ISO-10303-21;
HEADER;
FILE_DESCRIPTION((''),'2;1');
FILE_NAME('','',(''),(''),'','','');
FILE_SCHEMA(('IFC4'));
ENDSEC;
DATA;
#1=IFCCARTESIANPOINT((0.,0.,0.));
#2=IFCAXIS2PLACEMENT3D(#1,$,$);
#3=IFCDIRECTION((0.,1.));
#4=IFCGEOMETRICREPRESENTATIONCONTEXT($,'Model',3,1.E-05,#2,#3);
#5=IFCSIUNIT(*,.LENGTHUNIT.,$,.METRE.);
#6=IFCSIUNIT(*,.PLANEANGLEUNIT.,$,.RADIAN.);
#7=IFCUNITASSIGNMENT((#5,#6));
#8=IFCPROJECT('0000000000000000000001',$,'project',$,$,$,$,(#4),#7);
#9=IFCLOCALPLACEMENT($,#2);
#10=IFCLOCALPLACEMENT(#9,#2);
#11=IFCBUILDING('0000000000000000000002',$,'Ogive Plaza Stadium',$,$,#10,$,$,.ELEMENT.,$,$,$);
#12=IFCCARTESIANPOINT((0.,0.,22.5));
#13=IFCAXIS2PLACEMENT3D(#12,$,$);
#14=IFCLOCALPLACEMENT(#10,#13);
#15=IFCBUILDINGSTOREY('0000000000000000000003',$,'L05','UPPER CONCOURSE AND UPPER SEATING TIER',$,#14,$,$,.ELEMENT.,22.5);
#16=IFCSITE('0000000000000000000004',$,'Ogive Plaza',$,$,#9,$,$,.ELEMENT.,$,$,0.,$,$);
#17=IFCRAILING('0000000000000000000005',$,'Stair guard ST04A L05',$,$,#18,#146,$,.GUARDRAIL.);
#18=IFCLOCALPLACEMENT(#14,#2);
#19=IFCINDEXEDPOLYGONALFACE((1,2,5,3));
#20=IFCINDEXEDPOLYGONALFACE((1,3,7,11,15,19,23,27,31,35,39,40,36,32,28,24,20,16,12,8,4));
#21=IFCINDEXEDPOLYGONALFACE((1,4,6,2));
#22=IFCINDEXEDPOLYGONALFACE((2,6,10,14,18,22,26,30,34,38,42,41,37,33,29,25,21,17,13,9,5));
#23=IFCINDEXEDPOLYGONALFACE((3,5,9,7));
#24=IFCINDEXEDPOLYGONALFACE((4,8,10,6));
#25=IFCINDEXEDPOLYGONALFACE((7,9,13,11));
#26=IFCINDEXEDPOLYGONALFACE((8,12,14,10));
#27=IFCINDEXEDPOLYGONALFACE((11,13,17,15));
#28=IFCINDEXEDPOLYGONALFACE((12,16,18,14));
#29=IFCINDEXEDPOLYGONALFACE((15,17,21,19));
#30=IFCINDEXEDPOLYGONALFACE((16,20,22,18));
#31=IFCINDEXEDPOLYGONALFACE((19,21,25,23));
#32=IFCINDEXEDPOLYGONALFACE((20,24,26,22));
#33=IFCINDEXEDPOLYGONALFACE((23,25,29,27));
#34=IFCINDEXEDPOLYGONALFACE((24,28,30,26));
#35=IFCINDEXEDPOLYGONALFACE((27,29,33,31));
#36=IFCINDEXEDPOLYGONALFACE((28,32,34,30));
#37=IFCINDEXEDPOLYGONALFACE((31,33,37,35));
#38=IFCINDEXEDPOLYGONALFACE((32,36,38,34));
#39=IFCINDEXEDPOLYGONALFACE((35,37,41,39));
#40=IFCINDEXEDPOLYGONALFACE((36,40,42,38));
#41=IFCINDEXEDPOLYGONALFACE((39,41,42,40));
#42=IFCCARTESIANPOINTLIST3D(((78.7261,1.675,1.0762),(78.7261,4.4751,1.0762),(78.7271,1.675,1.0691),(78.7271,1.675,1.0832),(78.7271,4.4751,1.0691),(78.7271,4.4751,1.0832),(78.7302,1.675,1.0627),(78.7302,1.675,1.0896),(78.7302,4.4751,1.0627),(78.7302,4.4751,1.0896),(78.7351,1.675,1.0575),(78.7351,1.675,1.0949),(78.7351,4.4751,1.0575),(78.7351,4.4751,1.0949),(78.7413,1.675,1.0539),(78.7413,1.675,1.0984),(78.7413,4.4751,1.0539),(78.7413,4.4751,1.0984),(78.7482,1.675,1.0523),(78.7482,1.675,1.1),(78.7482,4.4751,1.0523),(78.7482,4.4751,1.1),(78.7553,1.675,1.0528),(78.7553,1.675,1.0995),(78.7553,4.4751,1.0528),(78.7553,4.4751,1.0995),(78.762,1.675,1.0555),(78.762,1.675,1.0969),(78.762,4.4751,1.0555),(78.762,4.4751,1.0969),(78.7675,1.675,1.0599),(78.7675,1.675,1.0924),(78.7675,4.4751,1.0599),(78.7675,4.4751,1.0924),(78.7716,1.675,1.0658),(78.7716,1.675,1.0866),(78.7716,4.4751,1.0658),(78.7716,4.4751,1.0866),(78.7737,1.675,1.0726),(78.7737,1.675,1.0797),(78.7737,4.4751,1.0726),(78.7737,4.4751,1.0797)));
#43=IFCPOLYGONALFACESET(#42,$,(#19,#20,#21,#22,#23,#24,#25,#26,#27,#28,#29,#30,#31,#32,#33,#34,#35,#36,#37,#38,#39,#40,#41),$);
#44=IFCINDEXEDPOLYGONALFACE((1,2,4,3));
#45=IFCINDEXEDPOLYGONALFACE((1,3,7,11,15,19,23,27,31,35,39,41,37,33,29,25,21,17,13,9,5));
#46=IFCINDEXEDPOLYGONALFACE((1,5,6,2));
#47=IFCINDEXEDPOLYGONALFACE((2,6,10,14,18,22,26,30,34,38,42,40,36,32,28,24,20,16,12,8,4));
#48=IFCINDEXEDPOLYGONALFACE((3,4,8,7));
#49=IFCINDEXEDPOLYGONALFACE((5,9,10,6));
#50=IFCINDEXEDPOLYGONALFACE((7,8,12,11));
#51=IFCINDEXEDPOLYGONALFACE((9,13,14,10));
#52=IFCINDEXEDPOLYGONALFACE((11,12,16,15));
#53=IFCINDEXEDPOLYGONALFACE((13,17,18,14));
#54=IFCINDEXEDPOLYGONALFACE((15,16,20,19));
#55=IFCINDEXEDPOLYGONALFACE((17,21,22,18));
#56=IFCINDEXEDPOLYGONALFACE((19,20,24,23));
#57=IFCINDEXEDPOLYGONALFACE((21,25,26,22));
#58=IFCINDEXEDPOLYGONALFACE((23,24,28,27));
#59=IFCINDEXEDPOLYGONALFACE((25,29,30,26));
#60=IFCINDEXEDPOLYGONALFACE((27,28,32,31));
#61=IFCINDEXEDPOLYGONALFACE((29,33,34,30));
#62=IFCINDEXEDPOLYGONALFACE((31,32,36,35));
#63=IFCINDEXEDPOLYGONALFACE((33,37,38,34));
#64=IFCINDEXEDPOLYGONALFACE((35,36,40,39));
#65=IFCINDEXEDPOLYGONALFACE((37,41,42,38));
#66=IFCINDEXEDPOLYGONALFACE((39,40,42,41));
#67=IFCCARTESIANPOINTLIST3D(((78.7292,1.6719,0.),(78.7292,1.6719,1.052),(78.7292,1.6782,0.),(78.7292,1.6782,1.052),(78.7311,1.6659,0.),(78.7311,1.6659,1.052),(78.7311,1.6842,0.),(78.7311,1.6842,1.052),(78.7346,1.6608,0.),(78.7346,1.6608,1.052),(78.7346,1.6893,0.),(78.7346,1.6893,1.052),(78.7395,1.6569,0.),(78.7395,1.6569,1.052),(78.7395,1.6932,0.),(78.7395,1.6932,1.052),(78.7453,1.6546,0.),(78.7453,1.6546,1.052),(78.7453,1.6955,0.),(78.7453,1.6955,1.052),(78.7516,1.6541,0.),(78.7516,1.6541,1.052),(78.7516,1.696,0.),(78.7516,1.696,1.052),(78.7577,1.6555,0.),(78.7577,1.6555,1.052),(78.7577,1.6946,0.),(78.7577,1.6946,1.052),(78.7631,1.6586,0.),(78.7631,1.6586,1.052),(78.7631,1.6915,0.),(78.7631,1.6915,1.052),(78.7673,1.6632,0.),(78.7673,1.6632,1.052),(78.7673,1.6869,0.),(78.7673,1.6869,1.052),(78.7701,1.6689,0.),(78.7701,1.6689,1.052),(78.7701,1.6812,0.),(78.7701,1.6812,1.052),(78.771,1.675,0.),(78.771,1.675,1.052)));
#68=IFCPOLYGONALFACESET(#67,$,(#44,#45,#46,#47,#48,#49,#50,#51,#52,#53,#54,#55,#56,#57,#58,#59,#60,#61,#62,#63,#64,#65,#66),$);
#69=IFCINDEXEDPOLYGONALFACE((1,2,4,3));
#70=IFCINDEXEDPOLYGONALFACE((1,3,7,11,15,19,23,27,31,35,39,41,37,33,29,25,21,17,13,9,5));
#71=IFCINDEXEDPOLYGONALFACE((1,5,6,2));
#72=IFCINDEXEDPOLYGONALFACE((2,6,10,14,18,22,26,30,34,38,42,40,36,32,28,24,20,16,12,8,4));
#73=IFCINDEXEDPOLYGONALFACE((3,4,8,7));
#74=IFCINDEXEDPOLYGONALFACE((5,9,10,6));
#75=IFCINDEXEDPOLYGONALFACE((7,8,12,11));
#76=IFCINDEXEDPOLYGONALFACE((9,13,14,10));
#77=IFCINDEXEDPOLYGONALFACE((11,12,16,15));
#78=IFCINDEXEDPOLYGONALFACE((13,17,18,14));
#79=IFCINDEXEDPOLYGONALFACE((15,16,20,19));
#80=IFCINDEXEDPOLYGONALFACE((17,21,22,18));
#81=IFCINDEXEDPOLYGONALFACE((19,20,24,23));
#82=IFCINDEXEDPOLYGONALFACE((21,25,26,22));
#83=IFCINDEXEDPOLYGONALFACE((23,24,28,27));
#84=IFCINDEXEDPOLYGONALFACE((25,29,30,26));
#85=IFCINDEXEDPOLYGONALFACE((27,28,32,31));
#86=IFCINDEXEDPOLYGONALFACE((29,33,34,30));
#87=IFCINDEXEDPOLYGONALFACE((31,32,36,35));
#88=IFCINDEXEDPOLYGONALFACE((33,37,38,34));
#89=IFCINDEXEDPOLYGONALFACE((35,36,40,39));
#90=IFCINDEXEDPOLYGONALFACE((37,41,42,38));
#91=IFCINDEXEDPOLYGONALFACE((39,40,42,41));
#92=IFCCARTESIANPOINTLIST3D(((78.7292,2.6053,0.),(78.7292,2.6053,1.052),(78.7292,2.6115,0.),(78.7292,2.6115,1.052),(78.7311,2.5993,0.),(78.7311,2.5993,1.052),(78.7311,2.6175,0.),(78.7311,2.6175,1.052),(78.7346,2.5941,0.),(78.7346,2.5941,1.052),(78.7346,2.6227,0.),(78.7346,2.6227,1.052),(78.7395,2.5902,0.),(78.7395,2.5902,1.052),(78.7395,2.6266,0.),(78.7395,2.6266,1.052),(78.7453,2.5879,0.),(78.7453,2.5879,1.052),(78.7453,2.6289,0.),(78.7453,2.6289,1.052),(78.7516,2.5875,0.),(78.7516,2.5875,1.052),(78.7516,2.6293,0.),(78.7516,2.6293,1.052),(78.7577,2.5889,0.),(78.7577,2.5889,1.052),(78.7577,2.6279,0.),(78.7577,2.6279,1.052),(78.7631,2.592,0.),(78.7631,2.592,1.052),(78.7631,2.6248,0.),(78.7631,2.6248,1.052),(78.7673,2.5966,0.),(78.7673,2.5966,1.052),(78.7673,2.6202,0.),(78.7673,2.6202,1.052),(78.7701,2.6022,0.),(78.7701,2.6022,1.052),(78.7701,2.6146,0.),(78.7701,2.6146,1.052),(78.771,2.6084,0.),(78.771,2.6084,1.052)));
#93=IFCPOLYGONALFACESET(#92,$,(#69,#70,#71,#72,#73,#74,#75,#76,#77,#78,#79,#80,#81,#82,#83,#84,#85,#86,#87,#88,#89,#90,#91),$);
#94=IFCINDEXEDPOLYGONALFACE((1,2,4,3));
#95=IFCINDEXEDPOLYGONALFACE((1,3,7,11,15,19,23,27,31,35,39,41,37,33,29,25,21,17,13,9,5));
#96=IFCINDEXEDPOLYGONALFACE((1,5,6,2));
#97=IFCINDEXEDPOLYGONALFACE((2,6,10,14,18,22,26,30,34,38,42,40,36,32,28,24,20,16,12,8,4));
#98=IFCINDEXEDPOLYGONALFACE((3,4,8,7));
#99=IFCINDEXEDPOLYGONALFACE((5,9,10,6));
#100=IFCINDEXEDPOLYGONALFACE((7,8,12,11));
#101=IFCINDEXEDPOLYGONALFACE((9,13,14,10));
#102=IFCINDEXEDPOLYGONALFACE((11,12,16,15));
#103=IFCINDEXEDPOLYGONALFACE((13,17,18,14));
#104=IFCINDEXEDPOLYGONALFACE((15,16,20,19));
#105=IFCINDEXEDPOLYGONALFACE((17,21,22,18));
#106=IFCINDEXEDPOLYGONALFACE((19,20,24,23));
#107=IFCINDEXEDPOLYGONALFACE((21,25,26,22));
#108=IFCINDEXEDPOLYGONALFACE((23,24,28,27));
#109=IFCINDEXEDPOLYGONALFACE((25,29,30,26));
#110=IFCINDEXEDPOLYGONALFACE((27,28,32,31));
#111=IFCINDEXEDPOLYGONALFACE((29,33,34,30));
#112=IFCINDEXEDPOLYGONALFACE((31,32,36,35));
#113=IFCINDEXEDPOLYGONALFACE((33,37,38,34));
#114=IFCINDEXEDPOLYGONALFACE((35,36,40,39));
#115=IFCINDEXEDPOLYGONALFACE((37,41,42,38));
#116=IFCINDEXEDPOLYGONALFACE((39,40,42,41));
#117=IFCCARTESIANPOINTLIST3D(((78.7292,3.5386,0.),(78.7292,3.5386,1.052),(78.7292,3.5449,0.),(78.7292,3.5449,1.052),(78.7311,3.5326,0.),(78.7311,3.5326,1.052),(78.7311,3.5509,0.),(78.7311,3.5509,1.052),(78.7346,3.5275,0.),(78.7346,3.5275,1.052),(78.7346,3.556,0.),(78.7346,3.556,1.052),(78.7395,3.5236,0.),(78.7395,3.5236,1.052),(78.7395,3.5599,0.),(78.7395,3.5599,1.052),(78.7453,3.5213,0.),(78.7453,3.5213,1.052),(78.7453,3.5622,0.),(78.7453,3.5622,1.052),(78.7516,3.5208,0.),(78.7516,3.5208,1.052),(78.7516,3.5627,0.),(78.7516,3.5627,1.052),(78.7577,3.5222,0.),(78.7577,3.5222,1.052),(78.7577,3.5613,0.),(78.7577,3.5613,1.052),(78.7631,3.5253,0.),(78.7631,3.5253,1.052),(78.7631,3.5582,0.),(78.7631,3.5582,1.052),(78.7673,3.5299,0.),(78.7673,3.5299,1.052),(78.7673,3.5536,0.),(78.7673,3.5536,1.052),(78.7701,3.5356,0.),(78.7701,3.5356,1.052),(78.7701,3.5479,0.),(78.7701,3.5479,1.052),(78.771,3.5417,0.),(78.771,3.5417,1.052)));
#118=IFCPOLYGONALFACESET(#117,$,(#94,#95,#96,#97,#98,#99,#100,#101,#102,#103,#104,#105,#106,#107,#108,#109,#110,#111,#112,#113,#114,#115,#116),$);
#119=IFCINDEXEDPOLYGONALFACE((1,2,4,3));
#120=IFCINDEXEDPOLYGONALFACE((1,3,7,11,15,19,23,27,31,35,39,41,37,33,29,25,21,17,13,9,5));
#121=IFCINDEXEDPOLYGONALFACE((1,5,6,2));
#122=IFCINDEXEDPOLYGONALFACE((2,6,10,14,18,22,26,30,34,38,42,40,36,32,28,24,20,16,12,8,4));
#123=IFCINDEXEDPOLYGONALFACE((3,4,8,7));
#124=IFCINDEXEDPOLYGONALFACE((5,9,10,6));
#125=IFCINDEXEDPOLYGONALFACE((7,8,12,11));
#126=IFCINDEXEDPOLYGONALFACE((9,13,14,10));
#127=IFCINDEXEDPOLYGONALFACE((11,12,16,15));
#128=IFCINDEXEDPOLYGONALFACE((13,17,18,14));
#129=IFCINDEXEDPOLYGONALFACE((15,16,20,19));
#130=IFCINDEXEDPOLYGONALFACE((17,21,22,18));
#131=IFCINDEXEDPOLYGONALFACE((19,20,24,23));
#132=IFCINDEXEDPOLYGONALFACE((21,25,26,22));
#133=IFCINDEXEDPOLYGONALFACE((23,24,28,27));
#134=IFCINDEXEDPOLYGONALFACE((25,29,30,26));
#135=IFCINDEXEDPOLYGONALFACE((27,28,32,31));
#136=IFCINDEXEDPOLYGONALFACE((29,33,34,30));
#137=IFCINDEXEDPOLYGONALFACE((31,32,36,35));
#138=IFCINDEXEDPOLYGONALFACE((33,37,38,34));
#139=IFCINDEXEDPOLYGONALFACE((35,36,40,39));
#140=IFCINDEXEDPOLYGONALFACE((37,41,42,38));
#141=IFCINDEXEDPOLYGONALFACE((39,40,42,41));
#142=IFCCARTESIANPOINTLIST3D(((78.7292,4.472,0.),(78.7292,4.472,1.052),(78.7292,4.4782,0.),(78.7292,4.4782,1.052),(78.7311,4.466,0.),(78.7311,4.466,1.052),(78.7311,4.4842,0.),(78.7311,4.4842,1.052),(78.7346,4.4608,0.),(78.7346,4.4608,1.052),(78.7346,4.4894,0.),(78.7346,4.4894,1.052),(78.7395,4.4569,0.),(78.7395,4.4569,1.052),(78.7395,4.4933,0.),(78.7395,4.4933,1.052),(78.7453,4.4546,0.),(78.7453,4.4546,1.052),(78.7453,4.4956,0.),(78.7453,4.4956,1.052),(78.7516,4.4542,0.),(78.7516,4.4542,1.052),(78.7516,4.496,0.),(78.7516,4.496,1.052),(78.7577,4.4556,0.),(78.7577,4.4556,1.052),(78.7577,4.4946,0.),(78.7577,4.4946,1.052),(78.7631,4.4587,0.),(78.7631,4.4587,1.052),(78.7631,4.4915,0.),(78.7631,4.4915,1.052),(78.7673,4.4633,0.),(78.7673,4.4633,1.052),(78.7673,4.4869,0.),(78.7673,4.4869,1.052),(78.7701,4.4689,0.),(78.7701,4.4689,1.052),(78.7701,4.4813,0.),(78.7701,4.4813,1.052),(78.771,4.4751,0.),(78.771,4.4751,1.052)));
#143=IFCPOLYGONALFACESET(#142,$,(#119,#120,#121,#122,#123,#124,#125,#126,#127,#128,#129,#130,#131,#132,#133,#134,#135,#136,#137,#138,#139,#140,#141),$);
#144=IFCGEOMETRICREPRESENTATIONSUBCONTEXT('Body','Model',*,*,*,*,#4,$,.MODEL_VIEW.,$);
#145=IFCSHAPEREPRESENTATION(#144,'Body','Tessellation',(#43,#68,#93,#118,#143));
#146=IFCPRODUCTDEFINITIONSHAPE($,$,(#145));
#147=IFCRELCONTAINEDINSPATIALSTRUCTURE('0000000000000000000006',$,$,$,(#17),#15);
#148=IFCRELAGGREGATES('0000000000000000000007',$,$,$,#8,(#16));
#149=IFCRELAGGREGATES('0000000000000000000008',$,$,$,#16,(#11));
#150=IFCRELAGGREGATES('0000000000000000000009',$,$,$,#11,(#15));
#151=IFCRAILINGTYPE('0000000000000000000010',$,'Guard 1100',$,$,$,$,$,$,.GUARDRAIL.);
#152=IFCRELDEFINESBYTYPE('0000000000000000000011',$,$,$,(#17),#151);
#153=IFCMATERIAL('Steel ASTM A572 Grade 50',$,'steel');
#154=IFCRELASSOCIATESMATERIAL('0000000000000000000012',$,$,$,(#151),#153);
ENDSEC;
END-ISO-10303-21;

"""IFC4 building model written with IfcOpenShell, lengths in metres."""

from ifc_helpers import new_model, si_unit, direction, frame, origin, origin_2d, place, context, subcontext, project, spatial, circle, extrude, material, type_object, element, save


model = new_model("IFC4")

# Units and contexts
model_context = context("Model", 3, precision=1e-05, world=origin(), true_north=direction((0.0, 1.0)))
body_context = subcontext(model_context, "Body", "Model", "MODEL_VIEW")
ifc_project = project(units=[si_unit("LENGTHUNIT", "METRE"), si_unit("PLANEANGLEUNIT", "RADIAN")], contexts=[model_context])

# Site, building, storey
site_placement = place(None, origin())
site = spatial("IfcSite", under=ifc_project, at=site_placement, Name="Ogive Plaza", CompositionType="ELEMENT", RefElevation=0.0)
building_placement = place(site_placement, origin())
building = spatial("IfcBuilding", under=site, at=building_placement, Name="Ogive Plaza Stadium", CompositionType="ELEMENT")
storey_placement = place(building_placement, frame((0.0, 0.0, 22.5)))
storey = spatial("IfcBuildingStorey", under=building, at=storey_placement, Name="L05", Description="UPPER CONCOURSE AND UPPER SEATING TIER", CompositionType="ELEMENT", Elevation=22.5)

# Railing
ifc_material_1 = material(Name="Steel ASTM A572 Grade 50", Category="steel")
railing_type = type_object("IfcRailingType", Name="Guard 1100", PredefinedType="GUARDRAIL", material=ifc_material_1)
for number, where, name in (
    (1, (78.75, 1.675, 0.0), "Stair guard ST04A L05"),
):
    element("IfcRailing", number, at=place(storey_placement, frame(where)), inside=storey, type_object=railing_type, Name=name, PredefinedType="GUARDRAIL", context=body_context, shape_type="SweptSolid", body=[
        extrude(circle(Radius=0.0239, at=origin_2d()), frame((0.0, 0.0, 1.0762), z_axis=(0.0, 1.0, 0.0), x_axis=(-1.0, 0.0, 0.0)), (0.0, 0.0, 1.0), 2.8),
        extrude(circle(Radius=0.021, at=origin_2d()), origin(), (0.0, 0.0, 1.0), 1.052),
        extrude(circle(Radius=0.021, at=origin_2d()), frame((0.0, 0.9333, 0.0)), (0.0, 0.0, 1.0), 1.052),
        extrude(circle(Radius=0.021, at=origin_2d()), frame((0.0, 1.8667, 0.0)), (0.0, 0.0, 1.0), 1.052),
        extrude(circle(Radius=0.021, at=origin_2d()), frame((0.0, 2.8, 0.0)), (0.0, 0.0, 1.0), 1.052),
    ])

save(model, "model.ifc")
